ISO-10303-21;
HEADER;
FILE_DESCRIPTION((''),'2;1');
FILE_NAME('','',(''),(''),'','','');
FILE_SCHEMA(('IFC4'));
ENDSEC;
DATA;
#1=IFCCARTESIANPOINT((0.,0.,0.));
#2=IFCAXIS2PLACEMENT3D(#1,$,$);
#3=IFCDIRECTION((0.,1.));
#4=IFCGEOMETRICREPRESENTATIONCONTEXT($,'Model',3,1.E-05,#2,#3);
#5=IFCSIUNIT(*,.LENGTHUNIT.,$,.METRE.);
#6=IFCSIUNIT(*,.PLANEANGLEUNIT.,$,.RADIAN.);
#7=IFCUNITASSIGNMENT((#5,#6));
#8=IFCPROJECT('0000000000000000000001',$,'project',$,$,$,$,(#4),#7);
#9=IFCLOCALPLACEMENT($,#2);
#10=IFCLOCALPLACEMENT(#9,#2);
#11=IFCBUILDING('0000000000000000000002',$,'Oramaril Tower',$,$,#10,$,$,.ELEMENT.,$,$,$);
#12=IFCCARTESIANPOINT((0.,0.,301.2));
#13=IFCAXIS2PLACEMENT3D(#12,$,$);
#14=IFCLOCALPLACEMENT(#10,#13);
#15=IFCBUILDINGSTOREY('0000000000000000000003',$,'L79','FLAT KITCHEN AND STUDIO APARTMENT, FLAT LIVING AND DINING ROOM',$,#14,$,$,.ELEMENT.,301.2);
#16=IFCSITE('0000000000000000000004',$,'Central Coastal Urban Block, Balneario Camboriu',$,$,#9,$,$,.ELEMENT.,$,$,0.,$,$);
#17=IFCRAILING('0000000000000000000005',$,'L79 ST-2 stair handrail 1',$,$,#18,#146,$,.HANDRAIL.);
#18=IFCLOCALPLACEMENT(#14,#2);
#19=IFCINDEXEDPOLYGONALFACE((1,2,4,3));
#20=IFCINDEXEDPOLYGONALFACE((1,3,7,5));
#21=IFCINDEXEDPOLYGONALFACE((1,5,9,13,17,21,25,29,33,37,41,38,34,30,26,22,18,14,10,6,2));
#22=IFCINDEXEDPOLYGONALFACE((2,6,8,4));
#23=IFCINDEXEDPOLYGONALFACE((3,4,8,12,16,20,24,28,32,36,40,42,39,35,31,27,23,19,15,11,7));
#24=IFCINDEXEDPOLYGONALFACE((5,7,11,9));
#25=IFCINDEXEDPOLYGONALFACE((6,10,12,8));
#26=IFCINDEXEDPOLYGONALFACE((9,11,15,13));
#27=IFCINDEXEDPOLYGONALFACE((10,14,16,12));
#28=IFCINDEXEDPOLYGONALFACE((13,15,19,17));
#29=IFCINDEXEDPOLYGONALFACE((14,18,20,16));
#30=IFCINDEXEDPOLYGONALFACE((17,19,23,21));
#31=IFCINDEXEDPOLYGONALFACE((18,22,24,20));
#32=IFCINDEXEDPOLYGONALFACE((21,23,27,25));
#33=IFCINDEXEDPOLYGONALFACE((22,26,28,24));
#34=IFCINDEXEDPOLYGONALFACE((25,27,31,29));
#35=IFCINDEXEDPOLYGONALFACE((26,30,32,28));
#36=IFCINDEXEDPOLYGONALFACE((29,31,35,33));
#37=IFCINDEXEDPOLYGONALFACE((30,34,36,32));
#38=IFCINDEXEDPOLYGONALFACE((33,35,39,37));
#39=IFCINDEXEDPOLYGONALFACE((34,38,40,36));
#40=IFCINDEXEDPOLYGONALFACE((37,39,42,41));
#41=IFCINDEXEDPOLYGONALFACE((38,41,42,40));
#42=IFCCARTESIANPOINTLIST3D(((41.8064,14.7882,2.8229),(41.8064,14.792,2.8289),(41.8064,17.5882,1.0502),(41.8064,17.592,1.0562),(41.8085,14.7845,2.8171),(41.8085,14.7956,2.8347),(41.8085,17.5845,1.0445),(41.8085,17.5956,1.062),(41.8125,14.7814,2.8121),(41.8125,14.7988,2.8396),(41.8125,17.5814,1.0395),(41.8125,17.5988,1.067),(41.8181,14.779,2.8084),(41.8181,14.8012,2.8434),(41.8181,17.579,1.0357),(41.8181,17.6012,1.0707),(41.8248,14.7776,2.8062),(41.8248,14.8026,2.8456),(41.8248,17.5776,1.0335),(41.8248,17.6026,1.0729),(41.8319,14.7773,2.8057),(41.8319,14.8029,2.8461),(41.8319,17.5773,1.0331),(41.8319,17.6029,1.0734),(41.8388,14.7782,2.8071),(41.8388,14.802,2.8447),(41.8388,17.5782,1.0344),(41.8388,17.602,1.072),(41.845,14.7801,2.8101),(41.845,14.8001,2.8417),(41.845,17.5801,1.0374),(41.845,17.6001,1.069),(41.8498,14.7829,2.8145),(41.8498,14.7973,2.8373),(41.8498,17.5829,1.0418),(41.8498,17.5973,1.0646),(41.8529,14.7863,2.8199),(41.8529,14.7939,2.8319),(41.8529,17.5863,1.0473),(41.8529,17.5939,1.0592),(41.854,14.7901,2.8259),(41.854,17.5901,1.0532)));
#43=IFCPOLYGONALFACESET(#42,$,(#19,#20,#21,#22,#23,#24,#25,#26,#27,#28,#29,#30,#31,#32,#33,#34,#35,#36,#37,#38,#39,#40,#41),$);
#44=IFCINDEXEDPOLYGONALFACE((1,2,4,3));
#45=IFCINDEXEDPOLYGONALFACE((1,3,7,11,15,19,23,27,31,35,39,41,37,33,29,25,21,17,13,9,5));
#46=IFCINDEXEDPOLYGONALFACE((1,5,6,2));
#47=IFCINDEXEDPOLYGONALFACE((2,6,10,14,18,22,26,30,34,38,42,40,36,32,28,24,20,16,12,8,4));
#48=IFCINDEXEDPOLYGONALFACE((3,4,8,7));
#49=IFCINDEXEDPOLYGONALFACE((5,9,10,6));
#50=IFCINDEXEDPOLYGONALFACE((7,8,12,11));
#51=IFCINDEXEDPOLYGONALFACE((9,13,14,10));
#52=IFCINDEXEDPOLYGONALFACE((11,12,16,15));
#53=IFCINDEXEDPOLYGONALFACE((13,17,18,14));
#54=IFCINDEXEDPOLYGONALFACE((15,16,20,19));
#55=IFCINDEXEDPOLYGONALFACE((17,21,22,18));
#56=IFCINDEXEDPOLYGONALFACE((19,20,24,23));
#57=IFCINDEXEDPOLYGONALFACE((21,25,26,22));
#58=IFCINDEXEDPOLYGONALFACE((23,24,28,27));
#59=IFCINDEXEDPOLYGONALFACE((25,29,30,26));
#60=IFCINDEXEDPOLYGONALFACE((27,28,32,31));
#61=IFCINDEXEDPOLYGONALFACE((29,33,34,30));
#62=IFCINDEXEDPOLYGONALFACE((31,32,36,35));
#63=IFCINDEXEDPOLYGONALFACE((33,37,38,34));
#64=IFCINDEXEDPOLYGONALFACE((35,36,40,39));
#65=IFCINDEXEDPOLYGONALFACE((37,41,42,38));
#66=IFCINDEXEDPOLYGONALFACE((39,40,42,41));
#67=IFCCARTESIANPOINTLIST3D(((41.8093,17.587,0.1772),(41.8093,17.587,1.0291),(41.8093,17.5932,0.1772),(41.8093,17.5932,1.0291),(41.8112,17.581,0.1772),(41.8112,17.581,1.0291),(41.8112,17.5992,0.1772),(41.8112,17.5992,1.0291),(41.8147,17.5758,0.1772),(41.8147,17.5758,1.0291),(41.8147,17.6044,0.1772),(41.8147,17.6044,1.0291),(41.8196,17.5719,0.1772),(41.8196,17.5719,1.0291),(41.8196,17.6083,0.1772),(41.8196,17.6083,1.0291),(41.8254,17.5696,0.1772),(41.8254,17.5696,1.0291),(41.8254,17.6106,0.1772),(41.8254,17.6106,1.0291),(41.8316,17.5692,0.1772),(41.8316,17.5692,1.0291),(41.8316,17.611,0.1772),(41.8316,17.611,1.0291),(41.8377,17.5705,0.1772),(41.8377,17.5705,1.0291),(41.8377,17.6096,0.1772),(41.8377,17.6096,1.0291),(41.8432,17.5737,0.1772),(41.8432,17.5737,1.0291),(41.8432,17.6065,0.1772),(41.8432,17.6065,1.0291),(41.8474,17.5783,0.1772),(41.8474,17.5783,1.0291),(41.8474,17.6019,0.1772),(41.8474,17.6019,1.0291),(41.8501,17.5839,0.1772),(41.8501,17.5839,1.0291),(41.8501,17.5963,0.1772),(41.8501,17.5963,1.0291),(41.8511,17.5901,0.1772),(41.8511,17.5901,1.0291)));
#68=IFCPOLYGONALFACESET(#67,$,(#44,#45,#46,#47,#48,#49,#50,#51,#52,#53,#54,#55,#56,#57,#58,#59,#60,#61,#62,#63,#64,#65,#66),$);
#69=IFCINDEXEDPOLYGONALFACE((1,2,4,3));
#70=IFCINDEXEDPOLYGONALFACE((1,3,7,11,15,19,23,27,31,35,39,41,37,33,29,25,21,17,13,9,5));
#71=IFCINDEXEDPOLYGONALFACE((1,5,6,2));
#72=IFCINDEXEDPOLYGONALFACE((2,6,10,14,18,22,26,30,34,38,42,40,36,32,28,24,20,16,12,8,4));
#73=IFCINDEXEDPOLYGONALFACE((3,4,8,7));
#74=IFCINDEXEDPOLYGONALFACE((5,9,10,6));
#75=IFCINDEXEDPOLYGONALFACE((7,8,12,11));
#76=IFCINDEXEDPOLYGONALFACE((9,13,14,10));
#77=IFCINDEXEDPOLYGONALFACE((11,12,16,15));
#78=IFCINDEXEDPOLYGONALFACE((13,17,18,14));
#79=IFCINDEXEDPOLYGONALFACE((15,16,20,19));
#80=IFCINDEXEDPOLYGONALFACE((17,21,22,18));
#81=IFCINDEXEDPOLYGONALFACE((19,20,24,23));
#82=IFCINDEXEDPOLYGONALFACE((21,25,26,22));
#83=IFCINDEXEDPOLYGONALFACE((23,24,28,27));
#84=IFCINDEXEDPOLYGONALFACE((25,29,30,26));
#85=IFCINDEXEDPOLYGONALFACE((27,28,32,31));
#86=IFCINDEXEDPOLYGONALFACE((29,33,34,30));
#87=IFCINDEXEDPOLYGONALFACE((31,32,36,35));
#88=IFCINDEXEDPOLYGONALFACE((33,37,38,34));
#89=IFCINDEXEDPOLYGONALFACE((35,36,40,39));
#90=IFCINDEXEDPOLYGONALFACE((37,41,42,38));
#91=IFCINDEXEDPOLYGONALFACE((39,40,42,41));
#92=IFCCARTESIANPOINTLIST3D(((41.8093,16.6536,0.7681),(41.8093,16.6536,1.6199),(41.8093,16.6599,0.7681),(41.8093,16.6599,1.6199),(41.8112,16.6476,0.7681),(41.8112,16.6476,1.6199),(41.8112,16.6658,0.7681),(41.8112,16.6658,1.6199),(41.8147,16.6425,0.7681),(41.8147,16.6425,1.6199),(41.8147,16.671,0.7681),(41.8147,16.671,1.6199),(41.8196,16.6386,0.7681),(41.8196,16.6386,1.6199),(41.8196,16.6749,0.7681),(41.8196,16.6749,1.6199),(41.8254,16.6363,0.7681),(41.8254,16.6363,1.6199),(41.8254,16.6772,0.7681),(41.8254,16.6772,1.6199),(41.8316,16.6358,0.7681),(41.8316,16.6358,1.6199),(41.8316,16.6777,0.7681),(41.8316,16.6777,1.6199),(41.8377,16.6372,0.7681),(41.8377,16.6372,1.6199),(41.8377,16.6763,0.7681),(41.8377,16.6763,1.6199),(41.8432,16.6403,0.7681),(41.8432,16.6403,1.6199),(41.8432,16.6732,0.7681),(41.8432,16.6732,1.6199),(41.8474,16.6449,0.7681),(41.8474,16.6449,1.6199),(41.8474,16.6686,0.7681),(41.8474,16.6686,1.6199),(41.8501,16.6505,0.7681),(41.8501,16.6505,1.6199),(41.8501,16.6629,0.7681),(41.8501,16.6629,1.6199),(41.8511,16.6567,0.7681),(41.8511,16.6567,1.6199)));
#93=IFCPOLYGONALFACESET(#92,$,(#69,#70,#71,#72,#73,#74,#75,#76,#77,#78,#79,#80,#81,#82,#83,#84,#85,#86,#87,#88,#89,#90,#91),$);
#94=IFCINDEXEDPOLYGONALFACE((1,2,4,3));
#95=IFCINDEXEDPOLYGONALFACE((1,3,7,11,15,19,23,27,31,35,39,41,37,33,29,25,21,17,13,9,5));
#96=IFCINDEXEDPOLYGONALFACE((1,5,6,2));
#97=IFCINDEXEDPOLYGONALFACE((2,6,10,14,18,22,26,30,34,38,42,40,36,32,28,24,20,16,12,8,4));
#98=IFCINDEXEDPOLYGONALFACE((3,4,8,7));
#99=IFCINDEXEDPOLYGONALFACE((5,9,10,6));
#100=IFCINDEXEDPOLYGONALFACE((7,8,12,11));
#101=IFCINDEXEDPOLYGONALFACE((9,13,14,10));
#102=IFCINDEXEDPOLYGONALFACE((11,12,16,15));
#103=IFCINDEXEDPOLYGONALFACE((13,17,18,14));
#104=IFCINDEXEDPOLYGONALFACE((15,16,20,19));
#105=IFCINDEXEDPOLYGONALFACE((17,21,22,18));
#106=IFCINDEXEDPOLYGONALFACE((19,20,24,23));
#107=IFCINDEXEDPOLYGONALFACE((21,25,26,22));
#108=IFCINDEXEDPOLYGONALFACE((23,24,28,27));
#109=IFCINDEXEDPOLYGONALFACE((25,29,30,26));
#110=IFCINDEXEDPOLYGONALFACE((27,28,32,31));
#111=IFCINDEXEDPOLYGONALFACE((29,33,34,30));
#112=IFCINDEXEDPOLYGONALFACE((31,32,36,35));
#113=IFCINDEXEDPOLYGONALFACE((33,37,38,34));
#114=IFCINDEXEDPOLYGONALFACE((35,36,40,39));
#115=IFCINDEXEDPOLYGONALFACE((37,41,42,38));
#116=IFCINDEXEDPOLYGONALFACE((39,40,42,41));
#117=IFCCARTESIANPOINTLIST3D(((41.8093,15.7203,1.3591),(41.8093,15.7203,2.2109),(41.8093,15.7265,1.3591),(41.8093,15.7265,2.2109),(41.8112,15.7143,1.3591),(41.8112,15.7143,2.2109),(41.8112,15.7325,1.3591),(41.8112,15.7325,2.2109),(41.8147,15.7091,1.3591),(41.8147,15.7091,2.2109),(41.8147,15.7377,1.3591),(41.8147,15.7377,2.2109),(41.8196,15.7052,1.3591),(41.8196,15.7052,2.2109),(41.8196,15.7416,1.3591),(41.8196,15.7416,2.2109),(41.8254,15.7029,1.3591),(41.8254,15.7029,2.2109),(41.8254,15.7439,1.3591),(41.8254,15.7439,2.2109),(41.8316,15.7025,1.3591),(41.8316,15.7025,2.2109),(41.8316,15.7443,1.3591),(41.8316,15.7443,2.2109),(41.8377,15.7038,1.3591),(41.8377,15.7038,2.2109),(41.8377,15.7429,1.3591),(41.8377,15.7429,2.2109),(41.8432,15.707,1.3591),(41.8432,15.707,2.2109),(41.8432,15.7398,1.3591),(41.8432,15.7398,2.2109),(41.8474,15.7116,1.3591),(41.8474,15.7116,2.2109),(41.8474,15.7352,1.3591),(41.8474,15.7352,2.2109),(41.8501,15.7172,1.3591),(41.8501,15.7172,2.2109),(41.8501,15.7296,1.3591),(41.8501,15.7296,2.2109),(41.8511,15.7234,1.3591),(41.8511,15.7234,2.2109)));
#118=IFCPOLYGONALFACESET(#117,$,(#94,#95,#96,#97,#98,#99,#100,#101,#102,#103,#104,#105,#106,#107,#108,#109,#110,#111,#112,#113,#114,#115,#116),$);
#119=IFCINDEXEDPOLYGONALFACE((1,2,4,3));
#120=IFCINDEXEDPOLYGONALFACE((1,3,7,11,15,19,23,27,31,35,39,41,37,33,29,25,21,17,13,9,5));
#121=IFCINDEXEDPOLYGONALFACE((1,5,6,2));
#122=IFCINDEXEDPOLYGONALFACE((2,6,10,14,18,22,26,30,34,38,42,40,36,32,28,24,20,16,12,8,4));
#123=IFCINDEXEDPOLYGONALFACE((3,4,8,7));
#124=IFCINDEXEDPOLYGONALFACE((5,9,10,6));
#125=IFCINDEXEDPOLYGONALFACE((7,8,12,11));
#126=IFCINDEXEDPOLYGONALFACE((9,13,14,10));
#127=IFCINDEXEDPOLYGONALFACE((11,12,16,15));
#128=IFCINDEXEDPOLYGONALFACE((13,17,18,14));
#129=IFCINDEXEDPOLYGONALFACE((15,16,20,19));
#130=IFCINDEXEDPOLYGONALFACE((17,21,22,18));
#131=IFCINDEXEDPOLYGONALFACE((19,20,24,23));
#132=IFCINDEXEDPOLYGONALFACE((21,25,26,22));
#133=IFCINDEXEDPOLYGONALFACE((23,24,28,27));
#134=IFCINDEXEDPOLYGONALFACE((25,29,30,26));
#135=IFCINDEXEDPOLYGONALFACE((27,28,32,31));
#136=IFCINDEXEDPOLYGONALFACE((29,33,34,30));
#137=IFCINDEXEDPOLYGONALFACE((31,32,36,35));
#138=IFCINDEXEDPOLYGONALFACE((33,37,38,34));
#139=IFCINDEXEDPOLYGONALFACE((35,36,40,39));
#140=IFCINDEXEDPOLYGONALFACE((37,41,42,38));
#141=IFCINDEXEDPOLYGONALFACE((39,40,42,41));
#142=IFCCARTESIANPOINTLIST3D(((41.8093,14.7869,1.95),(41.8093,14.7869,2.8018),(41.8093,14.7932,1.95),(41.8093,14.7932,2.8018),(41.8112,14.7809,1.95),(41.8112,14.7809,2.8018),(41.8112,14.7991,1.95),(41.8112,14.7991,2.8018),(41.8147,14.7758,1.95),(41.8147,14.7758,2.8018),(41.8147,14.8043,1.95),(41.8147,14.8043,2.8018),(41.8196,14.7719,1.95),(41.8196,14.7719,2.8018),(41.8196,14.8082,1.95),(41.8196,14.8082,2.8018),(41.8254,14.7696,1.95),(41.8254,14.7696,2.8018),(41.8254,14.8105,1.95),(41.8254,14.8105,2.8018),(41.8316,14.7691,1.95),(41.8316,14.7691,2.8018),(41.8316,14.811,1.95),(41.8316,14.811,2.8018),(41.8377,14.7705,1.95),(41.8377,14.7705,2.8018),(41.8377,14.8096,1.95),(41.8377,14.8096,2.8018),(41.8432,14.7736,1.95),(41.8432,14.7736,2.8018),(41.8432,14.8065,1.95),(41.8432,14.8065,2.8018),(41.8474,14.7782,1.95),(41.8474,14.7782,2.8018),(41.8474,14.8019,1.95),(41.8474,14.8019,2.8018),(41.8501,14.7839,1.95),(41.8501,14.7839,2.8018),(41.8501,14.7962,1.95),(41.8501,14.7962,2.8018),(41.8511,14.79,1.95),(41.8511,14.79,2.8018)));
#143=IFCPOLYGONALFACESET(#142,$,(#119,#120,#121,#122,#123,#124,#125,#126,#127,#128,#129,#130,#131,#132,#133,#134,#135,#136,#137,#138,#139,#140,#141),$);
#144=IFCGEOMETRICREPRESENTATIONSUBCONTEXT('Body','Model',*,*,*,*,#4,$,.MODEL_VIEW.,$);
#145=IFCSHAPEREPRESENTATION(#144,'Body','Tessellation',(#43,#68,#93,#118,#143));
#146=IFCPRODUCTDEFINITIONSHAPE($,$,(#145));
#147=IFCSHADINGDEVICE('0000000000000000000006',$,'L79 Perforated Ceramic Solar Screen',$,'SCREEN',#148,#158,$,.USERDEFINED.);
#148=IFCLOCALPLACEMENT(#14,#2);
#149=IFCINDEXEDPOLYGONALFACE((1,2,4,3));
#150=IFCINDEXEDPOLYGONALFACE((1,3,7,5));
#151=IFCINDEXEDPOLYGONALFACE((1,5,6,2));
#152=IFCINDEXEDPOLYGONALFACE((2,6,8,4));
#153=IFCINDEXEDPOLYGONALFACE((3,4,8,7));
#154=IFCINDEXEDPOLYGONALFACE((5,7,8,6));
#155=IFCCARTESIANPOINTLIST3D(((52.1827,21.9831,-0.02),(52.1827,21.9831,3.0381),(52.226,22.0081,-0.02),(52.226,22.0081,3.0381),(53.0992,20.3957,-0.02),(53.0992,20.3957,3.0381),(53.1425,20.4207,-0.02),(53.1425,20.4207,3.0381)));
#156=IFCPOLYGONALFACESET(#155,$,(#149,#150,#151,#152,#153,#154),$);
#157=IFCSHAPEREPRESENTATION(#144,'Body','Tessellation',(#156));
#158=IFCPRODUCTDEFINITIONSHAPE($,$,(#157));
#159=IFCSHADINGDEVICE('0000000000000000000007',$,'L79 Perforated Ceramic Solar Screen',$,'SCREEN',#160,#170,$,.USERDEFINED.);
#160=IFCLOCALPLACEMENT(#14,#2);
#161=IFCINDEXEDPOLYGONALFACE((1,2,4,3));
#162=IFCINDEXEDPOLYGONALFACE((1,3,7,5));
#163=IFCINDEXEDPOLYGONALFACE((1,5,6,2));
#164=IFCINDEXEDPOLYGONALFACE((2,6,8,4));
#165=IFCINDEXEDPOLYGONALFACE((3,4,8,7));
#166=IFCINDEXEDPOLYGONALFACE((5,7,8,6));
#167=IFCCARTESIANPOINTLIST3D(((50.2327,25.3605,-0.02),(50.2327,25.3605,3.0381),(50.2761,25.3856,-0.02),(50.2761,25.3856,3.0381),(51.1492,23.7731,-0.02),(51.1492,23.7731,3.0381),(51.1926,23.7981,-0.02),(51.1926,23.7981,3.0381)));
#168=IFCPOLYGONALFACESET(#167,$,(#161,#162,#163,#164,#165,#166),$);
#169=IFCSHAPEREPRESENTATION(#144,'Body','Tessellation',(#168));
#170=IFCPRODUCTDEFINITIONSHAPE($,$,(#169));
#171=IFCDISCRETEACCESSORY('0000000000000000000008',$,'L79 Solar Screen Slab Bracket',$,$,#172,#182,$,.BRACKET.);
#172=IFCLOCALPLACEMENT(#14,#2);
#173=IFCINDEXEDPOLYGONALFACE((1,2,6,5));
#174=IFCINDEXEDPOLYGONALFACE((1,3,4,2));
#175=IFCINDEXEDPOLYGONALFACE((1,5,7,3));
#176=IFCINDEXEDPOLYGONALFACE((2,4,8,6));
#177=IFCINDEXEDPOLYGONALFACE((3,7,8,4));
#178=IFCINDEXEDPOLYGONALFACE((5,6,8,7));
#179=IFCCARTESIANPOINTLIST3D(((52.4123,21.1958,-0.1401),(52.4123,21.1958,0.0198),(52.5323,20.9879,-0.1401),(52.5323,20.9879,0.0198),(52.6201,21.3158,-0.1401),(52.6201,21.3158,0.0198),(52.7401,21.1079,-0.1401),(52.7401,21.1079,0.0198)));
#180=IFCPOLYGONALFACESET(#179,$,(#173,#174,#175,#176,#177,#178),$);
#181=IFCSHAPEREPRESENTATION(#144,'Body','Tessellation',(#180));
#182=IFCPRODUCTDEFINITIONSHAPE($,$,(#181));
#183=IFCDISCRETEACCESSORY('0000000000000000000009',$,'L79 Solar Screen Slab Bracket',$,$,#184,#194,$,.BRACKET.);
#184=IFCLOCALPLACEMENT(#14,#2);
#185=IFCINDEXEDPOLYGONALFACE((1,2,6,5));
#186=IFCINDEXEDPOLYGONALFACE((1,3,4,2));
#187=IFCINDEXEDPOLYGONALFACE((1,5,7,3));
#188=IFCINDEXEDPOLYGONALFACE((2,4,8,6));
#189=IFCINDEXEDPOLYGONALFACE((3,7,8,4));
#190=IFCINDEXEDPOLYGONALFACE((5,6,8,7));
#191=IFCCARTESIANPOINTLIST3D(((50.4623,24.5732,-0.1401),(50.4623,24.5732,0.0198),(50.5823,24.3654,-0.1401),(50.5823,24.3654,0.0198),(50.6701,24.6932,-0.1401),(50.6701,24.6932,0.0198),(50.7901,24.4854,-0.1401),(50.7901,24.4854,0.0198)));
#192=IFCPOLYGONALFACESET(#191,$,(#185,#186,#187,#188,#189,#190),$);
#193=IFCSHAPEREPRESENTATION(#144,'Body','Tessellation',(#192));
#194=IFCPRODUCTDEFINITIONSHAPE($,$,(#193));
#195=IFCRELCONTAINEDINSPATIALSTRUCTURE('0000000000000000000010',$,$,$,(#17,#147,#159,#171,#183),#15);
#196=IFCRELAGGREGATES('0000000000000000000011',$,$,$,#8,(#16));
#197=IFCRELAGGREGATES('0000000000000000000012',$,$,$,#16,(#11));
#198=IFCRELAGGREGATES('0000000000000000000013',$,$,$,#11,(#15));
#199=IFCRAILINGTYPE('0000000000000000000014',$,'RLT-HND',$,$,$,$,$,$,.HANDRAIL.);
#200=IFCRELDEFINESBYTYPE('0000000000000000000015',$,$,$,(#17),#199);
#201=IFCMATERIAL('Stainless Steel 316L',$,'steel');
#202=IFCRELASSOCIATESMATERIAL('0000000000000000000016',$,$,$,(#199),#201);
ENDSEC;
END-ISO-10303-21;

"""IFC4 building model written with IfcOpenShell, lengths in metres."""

from ifc_helpers import new_model, si_unit, direction, frame, origin, origin_2d, place, context, subcontext, project, spatial, rectangle, circle, extrude, material, type_object, element, save


model = new_model("IFC4")

# Units and contexts
model_context = context("Model", 3, precision=1e-05, world=origin(), true_north=direction((0.0, 1.0)))
body_context = subcontext(model_context, "Body", "Model", "MODEL_VIEW")
ifc_project = project(units=[si_unit("LENGTHUNIT", "METRE"), si_unit("PLANEANGLEUNIT", "RADIAN")], contexts=[model_context])

# Site, building, storey
site_placement = place(None, origin())
site = spatial("IfcSite", under=ifc_project, at=site_placement, Name="Central Coastal Urban Block, Balneario Camboriu", CompositionType="ELEMENT", RefElevation=0.0)
building_placement = place(site_placement, origin())
building = spatial("IfcBuilding", under=site, at=building_placement, Name="Oramaril Tower", CompositionType="ELEMENT")
storey_placement = place(building_placement, frame((0.0, 0.0, 301.2)))
storey = spatial("IfcBuildingStorey", under=building, at=storey_placement, Name="L79", Description="FLAT KITCHEN AND STUDIO APARTMENT, FLAT LIVING AND DINING ROOM", CompositionType="ELEMENT", Elevation=301.2)

# Railing
ifc_material_1 = material(Name="Stainless Steel 316L", Category="steel")
railing_type_1 = type_object("IfcRailingType", Name="RLT-HND", PredefinedType="HANDRAIL", material=ifc_material_1)
railing_1_placement = place(storey_placement, frame((41.8301, 17.5901, 0.1772)))
element("IfcRailing", 1, at=railing_1_placement, inside=storey, type_object=railing_type_1, Name="L79 ST-2 stair handrail 1", PredefinedType="HANDRAIL", context=body_context, shape_type="SweptSolid", body=[
    extrude(circle(Radius=0.0239, at=origin_2d()), frame((0.0, 0.0, 0.876), z_axis=(0.0, -0.844909, 0.53491), x_axis=(1.0, 0.0, 0.0)), (0.0, 0.0, 1.0), 3.314),
    extrude(circle(Radius=0.021, at=origin_2d()), origin(), (0.0, 0.0, 1.0), 0.8518),
    extrude(circle(Radius=0.021, at=origin_2d()), frame((0.0, -0.9333, 0.5908)), (0.0, 0.0, 1.0), 0.8518),
    extrude(circle(Radius=0.021, at=origin_2d()), frame((0.0, -1.8667, 1.1819)), (0.0, 0.0, 1.0), 0.8518),
    extrude(circle(Radius=0.021, at=origin_2d()), frame((0.0, -2.8, 1.7727)), (0.0, 0.0, 1.0), 0.8518),
])

# Shading devices
for number, where, z_axis, x_axis, name in (
    (2, (52.6626, 21.2019, -0.02), (0.0, 0.0, 1.0), (-0.500002, 0.866025, 0.0), "L79 Perforated Ceramic Solar Screen"),
    (3, (50.7126, 24.5793, -0.02), (0.0, 0.0, 1.0), (-0.500002, 0.866025, 0.0), "L79 Perforated Ceramic Solar Screen"),
):
    element("IfcShadingDevice", number, at=place(storey_placement, frame(where, z_axis=z_axis, x_axis=x_axis)), inside=storey, Name=name, ObjectType="SCREEN", PredefinedType="USERDEFINED", context=body_context, shape_type="SweptSolid", body=[
        extrude(rectangle(XDim=1.833, YDim=0.05, at=origin_2d()), origin(), (0.0, 0.0, 1.0), 3.0581),
    ])

# Discrete accessories
for number, where, z_axis, x_axis, name in (
    (4, (52.5762, 21.1519, -0.1401), (0.0, 0.0, 1.0), (-0.500002, 0.866025, 0.0), "L79 Solar Screen Slab Bracket"),
    (5, (50.6262, 24.5293, -0.1401), (0.0, 0.0, 1.0), (-0.500002, 0.866025, 0.0), "L79 Solar Screen Slab Bracket"),
):
    element("IfcDiscreteAccessory", number, at=place(storey_placement, frame(where, z_axis=z_axis, x_axis=x_axis)), inside=storey, Name=name, PredefinedType="BRACKET", context=body_context, shape_type="SweptSolid", body=[
        extrude(rectangle(XDim=0.24, YDim=0.24, at=origin_2d()), origin(), (0.0, 0.0, 1.0), 0.1599),
    ])

save(model, "model.ifc")
